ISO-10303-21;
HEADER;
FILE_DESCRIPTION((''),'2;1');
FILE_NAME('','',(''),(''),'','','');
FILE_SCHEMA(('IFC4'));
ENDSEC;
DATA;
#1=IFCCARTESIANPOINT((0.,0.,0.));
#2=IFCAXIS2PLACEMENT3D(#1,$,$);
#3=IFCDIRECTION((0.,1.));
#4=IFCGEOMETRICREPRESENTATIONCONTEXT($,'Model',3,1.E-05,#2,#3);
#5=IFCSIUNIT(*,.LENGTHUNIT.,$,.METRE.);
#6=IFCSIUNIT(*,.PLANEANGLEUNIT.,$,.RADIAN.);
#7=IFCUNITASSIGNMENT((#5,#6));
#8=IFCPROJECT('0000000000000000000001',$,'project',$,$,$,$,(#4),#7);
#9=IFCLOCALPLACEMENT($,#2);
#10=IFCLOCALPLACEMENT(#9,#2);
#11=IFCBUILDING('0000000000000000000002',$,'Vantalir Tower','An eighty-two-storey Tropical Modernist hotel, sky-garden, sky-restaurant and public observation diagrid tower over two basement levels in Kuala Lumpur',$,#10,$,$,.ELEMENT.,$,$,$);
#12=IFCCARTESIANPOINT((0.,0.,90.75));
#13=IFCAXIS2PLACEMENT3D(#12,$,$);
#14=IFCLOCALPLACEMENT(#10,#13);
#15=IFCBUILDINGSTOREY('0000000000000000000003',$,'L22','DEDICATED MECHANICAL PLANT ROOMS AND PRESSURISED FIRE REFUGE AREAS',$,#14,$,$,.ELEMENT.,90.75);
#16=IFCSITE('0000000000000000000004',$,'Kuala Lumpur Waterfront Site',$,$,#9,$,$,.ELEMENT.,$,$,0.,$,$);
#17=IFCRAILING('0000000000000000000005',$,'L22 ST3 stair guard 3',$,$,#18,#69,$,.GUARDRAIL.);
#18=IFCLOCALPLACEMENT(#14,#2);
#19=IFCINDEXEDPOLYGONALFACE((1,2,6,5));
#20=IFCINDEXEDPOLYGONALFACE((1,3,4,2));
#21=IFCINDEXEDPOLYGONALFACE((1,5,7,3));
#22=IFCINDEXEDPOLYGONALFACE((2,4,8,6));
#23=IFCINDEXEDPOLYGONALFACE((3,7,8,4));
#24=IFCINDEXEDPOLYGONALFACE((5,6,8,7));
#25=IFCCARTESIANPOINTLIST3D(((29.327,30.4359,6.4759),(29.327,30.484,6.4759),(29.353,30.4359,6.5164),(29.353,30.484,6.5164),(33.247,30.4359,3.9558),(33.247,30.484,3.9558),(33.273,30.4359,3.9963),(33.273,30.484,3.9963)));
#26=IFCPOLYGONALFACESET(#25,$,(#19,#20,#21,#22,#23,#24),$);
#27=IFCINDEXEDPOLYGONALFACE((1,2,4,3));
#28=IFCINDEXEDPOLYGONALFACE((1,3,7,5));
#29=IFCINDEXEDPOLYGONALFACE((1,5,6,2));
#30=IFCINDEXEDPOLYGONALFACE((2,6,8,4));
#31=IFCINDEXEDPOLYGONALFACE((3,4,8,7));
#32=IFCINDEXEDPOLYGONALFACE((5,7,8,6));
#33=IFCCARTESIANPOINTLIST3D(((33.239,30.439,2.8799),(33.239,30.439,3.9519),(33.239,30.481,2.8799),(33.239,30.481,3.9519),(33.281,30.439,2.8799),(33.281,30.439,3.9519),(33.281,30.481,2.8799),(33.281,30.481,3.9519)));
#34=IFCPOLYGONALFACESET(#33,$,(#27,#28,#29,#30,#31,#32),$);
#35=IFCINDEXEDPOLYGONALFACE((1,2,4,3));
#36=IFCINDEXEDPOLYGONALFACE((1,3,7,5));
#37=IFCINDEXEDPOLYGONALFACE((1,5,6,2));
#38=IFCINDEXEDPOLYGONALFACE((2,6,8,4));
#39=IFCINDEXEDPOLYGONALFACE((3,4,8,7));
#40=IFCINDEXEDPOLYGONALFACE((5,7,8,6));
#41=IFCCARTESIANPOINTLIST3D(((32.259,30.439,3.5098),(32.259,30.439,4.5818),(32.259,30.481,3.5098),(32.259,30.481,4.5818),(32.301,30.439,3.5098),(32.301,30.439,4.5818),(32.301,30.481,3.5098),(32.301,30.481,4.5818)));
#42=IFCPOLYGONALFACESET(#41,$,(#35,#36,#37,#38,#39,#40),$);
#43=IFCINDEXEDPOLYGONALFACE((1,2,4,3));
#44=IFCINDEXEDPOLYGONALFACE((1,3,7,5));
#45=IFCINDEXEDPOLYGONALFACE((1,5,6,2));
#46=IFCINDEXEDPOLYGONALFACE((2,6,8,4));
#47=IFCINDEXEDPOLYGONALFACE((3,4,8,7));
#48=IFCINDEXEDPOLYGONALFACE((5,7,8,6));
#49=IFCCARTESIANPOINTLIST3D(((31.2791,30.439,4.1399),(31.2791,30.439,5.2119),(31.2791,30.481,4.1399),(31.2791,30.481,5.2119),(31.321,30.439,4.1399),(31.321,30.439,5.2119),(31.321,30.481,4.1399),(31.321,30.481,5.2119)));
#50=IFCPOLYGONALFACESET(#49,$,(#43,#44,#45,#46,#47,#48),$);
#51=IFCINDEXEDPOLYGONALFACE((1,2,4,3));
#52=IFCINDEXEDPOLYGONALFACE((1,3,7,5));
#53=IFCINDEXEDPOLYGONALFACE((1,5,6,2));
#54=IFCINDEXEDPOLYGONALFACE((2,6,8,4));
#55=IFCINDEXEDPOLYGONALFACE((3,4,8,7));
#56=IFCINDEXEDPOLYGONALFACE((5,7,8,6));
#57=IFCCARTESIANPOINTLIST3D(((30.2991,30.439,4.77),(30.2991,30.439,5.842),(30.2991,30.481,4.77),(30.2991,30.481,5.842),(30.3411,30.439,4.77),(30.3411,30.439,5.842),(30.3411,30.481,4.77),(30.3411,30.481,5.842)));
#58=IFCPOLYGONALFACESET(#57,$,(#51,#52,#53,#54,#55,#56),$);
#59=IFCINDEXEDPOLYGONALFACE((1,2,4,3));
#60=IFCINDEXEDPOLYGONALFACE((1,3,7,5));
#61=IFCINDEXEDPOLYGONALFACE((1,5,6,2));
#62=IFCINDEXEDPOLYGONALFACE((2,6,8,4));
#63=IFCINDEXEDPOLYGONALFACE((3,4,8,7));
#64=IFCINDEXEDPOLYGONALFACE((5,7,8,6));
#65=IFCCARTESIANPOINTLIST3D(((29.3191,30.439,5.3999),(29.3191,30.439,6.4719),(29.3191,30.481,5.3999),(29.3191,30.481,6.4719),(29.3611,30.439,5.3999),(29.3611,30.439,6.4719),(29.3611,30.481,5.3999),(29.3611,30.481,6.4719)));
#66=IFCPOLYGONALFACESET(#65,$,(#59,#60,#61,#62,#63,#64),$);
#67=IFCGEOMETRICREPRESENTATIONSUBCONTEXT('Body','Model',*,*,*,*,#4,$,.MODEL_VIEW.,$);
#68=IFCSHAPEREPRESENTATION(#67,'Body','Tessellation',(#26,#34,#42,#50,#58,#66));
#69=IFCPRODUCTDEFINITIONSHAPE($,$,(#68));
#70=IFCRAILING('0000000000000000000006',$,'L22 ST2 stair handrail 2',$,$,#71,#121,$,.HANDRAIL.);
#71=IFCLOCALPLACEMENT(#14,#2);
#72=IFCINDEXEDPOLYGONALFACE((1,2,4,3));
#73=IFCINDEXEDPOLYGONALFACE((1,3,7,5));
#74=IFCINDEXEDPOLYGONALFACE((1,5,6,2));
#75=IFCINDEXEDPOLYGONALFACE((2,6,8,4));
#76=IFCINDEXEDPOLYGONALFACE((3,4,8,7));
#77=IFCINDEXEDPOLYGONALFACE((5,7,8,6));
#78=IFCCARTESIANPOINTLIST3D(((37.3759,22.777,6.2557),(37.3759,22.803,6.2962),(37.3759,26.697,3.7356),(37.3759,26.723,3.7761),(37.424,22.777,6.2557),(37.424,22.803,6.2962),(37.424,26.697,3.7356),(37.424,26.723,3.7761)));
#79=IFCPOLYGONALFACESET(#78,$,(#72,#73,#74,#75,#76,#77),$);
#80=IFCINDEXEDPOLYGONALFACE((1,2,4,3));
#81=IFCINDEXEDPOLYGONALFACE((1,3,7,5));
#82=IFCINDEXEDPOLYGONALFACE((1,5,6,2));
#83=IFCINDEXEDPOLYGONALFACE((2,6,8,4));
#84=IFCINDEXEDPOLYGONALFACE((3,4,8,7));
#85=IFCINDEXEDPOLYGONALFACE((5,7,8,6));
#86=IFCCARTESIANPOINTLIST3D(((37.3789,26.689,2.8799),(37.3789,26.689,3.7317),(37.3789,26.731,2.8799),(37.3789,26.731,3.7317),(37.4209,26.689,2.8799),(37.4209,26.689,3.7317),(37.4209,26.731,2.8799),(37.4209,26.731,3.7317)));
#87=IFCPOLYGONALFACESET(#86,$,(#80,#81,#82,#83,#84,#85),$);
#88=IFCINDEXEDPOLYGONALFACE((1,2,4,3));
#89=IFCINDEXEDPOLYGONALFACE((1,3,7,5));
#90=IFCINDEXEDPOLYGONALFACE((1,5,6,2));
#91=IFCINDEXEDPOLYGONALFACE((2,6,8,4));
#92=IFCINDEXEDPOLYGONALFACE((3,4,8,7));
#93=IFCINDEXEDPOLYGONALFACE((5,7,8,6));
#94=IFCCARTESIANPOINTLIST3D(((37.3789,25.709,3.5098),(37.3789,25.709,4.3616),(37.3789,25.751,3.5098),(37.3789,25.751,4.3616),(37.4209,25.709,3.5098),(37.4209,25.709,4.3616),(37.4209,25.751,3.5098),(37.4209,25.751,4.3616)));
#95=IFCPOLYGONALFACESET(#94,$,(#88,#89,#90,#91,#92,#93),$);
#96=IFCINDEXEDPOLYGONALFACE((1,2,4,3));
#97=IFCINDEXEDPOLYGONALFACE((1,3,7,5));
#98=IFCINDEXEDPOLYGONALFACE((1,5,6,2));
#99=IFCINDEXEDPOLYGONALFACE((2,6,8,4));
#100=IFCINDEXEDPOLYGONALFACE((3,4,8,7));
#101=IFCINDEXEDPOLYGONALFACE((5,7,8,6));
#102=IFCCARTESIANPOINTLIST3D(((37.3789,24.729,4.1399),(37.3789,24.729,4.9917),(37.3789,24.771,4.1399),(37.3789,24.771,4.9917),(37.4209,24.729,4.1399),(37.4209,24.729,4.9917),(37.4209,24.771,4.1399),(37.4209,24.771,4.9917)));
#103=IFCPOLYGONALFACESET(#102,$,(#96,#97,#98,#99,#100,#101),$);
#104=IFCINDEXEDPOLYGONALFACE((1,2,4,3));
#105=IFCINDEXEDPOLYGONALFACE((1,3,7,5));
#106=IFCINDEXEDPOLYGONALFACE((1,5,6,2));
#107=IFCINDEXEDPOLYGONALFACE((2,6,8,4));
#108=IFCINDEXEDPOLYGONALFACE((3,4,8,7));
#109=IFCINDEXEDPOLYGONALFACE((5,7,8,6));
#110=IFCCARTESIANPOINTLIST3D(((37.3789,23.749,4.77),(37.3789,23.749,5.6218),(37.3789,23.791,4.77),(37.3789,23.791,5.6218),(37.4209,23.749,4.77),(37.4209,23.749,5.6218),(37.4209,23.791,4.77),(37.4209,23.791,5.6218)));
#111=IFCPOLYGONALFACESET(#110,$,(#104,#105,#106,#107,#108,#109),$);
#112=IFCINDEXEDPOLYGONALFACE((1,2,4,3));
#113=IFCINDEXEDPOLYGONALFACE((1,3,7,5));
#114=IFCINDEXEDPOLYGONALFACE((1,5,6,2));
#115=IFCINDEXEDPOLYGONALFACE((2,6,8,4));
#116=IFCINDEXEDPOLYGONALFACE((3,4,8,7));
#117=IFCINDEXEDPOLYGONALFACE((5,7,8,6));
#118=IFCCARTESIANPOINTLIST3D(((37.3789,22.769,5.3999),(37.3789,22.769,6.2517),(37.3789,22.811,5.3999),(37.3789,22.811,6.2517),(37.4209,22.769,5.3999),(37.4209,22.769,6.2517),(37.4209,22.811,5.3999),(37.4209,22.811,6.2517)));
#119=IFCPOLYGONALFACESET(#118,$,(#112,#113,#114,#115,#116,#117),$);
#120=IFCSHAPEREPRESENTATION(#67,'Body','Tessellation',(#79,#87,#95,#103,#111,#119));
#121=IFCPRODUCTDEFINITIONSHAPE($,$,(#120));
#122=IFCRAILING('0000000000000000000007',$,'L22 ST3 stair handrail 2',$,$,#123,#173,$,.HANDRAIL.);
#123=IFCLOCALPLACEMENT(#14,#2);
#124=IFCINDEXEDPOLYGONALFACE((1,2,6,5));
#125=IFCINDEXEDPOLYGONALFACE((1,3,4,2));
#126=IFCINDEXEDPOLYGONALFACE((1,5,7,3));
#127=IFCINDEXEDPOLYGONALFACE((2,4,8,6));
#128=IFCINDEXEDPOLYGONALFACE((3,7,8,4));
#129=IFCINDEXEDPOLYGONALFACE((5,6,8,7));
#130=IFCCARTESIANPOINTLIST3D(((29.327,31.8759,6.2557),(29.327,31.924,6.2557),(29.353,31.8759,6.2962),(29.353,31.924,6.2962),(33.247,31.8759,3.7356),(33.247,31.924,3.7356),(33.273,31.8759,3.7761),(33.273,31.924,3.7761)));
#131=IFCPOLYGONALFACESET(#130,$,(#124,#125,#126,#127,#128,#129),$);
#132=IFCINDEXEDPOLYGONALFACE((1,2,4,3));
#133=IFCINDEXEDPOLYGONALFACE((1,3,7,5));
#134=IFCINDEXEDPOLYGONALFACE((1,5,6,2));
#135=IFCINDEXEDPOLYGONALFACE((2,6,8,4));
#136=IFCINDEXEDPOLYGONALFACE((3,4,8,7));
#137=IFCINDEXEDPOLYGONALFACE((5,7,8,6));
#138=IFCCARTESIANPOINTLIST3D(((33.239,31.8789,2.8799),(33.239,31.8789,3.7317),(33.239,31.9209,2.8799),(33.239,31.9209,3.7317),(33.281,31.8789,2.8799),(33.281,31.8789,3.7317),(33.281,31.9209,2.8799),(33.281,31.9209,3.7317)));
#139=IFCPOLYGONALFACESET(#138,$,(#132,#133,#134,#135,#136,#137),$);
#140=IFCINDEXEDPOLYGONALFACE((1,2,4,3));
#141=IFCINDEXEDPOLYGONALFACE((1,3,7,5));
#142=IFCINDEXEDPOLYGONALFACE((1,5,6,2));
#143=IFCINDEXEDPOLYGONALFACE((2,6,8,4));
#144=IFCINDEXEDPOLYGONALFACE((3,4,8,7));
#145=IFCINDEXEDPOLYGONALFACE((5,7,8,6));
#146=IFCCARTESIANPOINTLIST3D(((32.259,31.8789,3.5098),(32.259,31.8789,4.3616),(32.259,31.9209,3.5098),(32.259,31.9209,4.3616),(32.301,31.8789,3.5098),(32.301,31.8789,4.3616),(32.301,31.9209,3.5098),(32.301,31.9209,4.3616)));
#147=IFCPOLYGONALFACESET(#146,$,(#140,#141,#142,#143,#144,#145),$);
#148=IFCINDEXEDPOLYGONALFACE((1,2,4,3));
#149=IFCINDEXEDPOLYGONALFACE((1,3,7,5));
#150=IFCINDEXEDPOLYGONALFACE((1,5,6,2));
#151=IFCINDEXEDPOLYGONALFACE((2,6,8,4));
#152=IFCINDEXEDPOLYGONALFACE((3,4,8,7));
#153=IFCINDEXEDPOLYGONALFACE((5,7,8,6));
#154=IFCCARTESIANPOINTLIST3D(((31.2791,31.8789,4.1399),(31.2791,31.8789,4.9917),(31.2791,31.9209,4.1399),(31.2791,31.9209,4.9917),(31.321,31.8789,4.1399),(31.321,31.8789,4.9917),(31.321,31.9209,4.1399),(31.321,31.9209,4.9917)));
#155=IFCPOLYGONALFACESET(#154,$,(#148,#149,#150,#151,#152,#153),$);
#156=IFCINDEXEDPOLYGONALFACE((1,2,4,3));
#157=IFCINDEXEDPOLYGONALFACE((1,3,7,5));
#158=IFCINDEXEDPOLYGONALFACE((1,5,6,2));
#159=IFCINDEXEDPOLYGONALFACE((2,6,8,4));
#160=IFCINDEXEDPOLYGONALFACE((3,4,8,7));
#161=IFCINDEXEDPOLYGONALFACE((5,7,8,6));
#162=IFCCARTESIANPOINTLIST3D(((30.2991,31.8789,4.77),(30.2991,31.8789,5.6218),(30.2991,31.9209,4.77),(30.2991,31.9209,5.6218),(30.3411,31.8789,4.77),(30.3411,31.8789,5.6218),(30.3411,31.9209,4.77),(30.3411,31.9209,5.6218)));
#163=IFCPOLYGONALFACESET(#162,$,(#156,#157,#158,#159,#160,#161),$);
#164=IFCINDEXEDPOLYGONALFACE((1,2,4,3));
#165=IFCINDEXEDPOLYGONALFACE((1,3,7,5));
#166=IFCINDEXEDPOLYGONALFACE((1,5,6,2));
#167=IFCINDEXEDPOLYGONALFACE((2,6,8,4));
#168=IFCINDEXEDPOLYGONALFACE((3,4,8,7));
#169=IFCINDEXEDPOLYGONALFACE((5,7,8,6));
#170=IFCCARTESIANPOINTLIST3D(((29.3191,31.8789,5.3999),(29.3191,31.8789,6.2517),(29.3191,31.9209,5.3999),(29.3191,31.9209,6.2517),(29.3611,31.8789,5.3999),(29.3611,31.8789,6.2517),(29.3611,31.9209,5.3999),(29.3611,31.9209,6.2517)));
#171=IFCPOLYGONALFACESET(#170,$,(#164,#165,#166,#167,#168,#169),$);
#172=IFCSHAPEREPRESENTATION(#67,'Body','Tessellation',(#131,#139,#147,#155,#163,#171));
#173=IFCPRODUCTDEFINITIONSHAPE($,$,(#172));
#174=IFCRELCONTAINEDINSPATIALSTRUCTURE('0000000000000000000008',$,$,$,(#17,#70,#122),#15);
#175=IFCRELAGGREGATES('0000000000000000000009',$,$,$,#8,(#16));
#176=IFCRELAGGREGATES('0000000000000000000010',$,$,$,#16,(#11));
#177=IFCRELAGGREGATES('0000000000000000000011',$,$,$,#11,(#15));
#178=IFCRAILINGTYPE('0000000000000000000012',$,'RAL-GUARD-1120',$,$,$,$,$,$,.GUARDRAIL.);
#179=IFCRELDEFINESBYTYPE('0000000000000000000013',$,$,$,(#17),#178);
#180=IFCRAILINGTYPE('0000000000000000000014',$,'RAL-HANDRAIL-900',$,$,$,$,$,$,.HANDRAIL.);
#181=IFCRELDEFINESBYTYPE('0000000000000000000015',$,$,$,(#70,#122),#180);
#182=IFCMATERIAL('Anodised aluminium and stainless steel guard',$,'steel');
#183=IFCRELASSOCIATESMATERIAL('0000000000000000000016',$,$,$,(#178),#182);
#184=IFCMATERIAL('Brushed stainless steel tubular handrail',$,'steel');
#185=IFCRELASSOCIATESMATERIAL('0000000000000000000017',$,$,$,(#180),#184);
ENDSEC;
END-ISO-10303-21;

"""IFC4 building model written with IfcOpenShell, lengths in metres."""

from ifc_helpers import new_model, si_unit, direction, frame, origin, origin_2d, place, context, subcontext, project, spatial, rectangle, extrude, material, type_object, element, save


model = new_model("IFC4")

# Units and contexts
model_context = context("Model", 3, precision=1e-05, world=origin(), true_north=direction((0.0, 1.0)))
body_context = subcontext(model_context, "Body", "Model", "MODEL_VIEW")
ifc_project = project(units=[si_unit("LENGTHUNIT", "METRE"), si_unit("PLANEANGLEUNIT", "RADIAN")], contexts=[model_context])

# Site, building, storey
site_placement = place(None, origin())
site = spatial("IfcSite", under=ifc_project, at=site_placement, Name="Kuala Lumpur Waterfront Site", CompositionType="ELEMENT", RefElevation=0.0)
building_placement = place(site_placement, origin())
building = spatial("IfcBuilding", under=site, at=building_placement, Name="Vantalir Tower", Description="An eighty-two-storey Tropical Modernist hotel, sky-garden, sky-restaurant and public observation diagrid tower over two basement levels in Kuala Lumpur", CompositionType="ELEMENT")
storey_placement = place(building_placement, frame((0.0, 0.0, 90.75)))
storey = spatial("IfcBuildingStorey", under=building, at=storey_placement, Name="L22", Description="DEDICATED MECHANICAL PLANT ROOMS AND PRESSURISED FIRE REFUGE AREAS", CompositionType="ELEMENT", Elevation=90.75)

# Railings
ifc_material_1 = material(Name="Anodised aluminium and stainless steel guard", Category="steel")
railing_type_1 = type_object("IfcRailingType", Name="RAL-GUARD-1120", PredefinedType="GUARDRAIL", material=ifc_material_1)
railing_1_placement = place(storey_placement, frame((33.26, 30.46, 2.8799)))
element("IfcRailing", 1, at=railing_1_placement, inside=storey, type_object=railing_type_1, Name="L22 ST3 stair guard 3", PredefinedType="GUARDRAIL", context=body_context, shape_type="SweptSolid", body=[
    extrude(rectangle(XDim=0.0481, YDim=0.0481, at=origin_2d()), frame((0.0, 0.0, 1.0962), z_axis=(-0.841172, 0.0, 0.540768), x_axis=(0.0, -1.0, 0.0)), (0.0, 0.0, 1.0), 4.6602),
    extrude(rectangle(XDim=0.042, YDim=0.042, at=origin_2d()), origin(), (0.0, 0.0, 1.0), 1.072),
    extrude(rectangle(XDim=0.042, YDim=0.042, at=origin_2d()), frame((-0.98, 0.0, 0.6299)), (0.0, 0.0, 1.0), 1.072),
    extrude(rectangle(XDim=0.042, YDim=0.042, at=origin_2d()), frame((-1.96, 0.0, 1.26)), (0.0, 0.0, 1.0), 1.072),
    extrude(rectangle(XDim=0.042, YDim=0.042, at=origin_2d()), frame((-2.9399, 0.0, 1.8901)), (0.0, 0.0, 1.0), 1.072),
    extrude(rectangle(XDim=0.042, YDim=0.042, at=origin_2d()), frame((-3.9199, 0.0, 2.52)), (0.0, 0.0, 1.0), 1.072),
])
ifc_material_2 = material(Name="Brushed stainless steel tubular handrail", Category="steel")
railing_type_2 = type_object("IfcRailingType", Name="RAL-HANDRAIL-900", PredefinedType="HANDRAIL", material=ifc_material_2)
railing_2_placement = place(storey_placement, frame((37.3999, 26.71, 2.8799)))
element("IfcRailing", 2, at=railing_2_placement, inside=storey, type_object=railing_type_2, Name="L22 ST2 stair handrail 2", PredefinedType="HANDRAIL", context=body_context, shape_type="SweptSolid", body=[
    extrude(rectangle(XDim=0.0481, YDim=0.0481, at=origin_2d()), frame((0.0, 0.0, 0.876), z_axis=(0.0, -0.841172, 0.540768), x_axis=(1.0, 0.0, 0.0)), (0.0, 0.0, 1.0), 4.6602),
    extrude(rectangle(XDim=0.042, YDim=0.042, at=origin_2d()), origin(), (0.0, 0.0, 1.0), 0.8518),
    extrude(rectangle(XDim=0.042, YDim=0.042, at=origin_2d()), frame((0.0, -0.98, 0.6299)), (0.0, 0.0, 1.0), 0.8518),
    extrude(rectangle(XDim=0.042, YDim=0.042, at=origin_2d()), frame((0.0, -1.96, 1.26)), (0.0, 0.0, 1.0), 0.8518),
    extrude(rectangle(XDim=0.042, YDim=0.042, at=origin_2d()), frame((0.0, -2.9399, 1.8901)), (0.0, 0.0, 1.0), 0.8518),
    extrude(rectangle(XDim=0.042, YDim=0.042, at=origin_2d()), frame((0.0, -3.9199, 2.52)), (0.0, 0.0, 1.0), 0.8518),
])
railing_3_placement = place(storey_placement, frame((33.26, 31.8999, 2.8799)))
element("IfcRailing", 3, at=railing_3_placement, inside=storey, type_object=railing_type_2, Name="L22 ST3 stair handrail 2", PredefinedType="HANDRAIL", context=body_context, shape_type="SweptSolid", body=[
    extrude(rectangle(XDim=0.0481, YDim=0.0481, at=origin_2d()), frame((0.0, 0.0, 0.876), z_axis=(-0.841172, 0.0, 0.540768), x_axis=(0.0, -1.0, 0.0)), (0.0, 0.0, 1.0), 4.6602),
    extrude(rectangle(XDim=0.042, YDim=0.042, at=origin_2d()), origin(), (0.0, 0.0, 1.0), 0.8518),
    extrude(rectangle(XDim=0.042, YDim=0.042, at=origin_2d()), frame((-0.98, 0.0, 0.6299)), (0.0, 0.0, 1.0), 0.8518),
    extrude(rectangle(XDim=0.042, YDim=0.042, at=origin_2d()), frame((-1.96, 0.0, 1.26)), (0.0, 0.0, 1.0), 0.8518),
    extrude(rectangle(XDim=0.042, YDim=0.042, at=origin_2d()), frame((-2.9399, 0.0, 1.8901)), (0.0, 0.0, 1.0), 0.8518),
    extrude(rectangle(XDim=0.042, YDim=0.042, at=origin_2d()), frame((-3.9199, 0.0, 2.52)), (0.0, 0.0, 1.0), 0.8518),
])

save(model, "model.ifc")
